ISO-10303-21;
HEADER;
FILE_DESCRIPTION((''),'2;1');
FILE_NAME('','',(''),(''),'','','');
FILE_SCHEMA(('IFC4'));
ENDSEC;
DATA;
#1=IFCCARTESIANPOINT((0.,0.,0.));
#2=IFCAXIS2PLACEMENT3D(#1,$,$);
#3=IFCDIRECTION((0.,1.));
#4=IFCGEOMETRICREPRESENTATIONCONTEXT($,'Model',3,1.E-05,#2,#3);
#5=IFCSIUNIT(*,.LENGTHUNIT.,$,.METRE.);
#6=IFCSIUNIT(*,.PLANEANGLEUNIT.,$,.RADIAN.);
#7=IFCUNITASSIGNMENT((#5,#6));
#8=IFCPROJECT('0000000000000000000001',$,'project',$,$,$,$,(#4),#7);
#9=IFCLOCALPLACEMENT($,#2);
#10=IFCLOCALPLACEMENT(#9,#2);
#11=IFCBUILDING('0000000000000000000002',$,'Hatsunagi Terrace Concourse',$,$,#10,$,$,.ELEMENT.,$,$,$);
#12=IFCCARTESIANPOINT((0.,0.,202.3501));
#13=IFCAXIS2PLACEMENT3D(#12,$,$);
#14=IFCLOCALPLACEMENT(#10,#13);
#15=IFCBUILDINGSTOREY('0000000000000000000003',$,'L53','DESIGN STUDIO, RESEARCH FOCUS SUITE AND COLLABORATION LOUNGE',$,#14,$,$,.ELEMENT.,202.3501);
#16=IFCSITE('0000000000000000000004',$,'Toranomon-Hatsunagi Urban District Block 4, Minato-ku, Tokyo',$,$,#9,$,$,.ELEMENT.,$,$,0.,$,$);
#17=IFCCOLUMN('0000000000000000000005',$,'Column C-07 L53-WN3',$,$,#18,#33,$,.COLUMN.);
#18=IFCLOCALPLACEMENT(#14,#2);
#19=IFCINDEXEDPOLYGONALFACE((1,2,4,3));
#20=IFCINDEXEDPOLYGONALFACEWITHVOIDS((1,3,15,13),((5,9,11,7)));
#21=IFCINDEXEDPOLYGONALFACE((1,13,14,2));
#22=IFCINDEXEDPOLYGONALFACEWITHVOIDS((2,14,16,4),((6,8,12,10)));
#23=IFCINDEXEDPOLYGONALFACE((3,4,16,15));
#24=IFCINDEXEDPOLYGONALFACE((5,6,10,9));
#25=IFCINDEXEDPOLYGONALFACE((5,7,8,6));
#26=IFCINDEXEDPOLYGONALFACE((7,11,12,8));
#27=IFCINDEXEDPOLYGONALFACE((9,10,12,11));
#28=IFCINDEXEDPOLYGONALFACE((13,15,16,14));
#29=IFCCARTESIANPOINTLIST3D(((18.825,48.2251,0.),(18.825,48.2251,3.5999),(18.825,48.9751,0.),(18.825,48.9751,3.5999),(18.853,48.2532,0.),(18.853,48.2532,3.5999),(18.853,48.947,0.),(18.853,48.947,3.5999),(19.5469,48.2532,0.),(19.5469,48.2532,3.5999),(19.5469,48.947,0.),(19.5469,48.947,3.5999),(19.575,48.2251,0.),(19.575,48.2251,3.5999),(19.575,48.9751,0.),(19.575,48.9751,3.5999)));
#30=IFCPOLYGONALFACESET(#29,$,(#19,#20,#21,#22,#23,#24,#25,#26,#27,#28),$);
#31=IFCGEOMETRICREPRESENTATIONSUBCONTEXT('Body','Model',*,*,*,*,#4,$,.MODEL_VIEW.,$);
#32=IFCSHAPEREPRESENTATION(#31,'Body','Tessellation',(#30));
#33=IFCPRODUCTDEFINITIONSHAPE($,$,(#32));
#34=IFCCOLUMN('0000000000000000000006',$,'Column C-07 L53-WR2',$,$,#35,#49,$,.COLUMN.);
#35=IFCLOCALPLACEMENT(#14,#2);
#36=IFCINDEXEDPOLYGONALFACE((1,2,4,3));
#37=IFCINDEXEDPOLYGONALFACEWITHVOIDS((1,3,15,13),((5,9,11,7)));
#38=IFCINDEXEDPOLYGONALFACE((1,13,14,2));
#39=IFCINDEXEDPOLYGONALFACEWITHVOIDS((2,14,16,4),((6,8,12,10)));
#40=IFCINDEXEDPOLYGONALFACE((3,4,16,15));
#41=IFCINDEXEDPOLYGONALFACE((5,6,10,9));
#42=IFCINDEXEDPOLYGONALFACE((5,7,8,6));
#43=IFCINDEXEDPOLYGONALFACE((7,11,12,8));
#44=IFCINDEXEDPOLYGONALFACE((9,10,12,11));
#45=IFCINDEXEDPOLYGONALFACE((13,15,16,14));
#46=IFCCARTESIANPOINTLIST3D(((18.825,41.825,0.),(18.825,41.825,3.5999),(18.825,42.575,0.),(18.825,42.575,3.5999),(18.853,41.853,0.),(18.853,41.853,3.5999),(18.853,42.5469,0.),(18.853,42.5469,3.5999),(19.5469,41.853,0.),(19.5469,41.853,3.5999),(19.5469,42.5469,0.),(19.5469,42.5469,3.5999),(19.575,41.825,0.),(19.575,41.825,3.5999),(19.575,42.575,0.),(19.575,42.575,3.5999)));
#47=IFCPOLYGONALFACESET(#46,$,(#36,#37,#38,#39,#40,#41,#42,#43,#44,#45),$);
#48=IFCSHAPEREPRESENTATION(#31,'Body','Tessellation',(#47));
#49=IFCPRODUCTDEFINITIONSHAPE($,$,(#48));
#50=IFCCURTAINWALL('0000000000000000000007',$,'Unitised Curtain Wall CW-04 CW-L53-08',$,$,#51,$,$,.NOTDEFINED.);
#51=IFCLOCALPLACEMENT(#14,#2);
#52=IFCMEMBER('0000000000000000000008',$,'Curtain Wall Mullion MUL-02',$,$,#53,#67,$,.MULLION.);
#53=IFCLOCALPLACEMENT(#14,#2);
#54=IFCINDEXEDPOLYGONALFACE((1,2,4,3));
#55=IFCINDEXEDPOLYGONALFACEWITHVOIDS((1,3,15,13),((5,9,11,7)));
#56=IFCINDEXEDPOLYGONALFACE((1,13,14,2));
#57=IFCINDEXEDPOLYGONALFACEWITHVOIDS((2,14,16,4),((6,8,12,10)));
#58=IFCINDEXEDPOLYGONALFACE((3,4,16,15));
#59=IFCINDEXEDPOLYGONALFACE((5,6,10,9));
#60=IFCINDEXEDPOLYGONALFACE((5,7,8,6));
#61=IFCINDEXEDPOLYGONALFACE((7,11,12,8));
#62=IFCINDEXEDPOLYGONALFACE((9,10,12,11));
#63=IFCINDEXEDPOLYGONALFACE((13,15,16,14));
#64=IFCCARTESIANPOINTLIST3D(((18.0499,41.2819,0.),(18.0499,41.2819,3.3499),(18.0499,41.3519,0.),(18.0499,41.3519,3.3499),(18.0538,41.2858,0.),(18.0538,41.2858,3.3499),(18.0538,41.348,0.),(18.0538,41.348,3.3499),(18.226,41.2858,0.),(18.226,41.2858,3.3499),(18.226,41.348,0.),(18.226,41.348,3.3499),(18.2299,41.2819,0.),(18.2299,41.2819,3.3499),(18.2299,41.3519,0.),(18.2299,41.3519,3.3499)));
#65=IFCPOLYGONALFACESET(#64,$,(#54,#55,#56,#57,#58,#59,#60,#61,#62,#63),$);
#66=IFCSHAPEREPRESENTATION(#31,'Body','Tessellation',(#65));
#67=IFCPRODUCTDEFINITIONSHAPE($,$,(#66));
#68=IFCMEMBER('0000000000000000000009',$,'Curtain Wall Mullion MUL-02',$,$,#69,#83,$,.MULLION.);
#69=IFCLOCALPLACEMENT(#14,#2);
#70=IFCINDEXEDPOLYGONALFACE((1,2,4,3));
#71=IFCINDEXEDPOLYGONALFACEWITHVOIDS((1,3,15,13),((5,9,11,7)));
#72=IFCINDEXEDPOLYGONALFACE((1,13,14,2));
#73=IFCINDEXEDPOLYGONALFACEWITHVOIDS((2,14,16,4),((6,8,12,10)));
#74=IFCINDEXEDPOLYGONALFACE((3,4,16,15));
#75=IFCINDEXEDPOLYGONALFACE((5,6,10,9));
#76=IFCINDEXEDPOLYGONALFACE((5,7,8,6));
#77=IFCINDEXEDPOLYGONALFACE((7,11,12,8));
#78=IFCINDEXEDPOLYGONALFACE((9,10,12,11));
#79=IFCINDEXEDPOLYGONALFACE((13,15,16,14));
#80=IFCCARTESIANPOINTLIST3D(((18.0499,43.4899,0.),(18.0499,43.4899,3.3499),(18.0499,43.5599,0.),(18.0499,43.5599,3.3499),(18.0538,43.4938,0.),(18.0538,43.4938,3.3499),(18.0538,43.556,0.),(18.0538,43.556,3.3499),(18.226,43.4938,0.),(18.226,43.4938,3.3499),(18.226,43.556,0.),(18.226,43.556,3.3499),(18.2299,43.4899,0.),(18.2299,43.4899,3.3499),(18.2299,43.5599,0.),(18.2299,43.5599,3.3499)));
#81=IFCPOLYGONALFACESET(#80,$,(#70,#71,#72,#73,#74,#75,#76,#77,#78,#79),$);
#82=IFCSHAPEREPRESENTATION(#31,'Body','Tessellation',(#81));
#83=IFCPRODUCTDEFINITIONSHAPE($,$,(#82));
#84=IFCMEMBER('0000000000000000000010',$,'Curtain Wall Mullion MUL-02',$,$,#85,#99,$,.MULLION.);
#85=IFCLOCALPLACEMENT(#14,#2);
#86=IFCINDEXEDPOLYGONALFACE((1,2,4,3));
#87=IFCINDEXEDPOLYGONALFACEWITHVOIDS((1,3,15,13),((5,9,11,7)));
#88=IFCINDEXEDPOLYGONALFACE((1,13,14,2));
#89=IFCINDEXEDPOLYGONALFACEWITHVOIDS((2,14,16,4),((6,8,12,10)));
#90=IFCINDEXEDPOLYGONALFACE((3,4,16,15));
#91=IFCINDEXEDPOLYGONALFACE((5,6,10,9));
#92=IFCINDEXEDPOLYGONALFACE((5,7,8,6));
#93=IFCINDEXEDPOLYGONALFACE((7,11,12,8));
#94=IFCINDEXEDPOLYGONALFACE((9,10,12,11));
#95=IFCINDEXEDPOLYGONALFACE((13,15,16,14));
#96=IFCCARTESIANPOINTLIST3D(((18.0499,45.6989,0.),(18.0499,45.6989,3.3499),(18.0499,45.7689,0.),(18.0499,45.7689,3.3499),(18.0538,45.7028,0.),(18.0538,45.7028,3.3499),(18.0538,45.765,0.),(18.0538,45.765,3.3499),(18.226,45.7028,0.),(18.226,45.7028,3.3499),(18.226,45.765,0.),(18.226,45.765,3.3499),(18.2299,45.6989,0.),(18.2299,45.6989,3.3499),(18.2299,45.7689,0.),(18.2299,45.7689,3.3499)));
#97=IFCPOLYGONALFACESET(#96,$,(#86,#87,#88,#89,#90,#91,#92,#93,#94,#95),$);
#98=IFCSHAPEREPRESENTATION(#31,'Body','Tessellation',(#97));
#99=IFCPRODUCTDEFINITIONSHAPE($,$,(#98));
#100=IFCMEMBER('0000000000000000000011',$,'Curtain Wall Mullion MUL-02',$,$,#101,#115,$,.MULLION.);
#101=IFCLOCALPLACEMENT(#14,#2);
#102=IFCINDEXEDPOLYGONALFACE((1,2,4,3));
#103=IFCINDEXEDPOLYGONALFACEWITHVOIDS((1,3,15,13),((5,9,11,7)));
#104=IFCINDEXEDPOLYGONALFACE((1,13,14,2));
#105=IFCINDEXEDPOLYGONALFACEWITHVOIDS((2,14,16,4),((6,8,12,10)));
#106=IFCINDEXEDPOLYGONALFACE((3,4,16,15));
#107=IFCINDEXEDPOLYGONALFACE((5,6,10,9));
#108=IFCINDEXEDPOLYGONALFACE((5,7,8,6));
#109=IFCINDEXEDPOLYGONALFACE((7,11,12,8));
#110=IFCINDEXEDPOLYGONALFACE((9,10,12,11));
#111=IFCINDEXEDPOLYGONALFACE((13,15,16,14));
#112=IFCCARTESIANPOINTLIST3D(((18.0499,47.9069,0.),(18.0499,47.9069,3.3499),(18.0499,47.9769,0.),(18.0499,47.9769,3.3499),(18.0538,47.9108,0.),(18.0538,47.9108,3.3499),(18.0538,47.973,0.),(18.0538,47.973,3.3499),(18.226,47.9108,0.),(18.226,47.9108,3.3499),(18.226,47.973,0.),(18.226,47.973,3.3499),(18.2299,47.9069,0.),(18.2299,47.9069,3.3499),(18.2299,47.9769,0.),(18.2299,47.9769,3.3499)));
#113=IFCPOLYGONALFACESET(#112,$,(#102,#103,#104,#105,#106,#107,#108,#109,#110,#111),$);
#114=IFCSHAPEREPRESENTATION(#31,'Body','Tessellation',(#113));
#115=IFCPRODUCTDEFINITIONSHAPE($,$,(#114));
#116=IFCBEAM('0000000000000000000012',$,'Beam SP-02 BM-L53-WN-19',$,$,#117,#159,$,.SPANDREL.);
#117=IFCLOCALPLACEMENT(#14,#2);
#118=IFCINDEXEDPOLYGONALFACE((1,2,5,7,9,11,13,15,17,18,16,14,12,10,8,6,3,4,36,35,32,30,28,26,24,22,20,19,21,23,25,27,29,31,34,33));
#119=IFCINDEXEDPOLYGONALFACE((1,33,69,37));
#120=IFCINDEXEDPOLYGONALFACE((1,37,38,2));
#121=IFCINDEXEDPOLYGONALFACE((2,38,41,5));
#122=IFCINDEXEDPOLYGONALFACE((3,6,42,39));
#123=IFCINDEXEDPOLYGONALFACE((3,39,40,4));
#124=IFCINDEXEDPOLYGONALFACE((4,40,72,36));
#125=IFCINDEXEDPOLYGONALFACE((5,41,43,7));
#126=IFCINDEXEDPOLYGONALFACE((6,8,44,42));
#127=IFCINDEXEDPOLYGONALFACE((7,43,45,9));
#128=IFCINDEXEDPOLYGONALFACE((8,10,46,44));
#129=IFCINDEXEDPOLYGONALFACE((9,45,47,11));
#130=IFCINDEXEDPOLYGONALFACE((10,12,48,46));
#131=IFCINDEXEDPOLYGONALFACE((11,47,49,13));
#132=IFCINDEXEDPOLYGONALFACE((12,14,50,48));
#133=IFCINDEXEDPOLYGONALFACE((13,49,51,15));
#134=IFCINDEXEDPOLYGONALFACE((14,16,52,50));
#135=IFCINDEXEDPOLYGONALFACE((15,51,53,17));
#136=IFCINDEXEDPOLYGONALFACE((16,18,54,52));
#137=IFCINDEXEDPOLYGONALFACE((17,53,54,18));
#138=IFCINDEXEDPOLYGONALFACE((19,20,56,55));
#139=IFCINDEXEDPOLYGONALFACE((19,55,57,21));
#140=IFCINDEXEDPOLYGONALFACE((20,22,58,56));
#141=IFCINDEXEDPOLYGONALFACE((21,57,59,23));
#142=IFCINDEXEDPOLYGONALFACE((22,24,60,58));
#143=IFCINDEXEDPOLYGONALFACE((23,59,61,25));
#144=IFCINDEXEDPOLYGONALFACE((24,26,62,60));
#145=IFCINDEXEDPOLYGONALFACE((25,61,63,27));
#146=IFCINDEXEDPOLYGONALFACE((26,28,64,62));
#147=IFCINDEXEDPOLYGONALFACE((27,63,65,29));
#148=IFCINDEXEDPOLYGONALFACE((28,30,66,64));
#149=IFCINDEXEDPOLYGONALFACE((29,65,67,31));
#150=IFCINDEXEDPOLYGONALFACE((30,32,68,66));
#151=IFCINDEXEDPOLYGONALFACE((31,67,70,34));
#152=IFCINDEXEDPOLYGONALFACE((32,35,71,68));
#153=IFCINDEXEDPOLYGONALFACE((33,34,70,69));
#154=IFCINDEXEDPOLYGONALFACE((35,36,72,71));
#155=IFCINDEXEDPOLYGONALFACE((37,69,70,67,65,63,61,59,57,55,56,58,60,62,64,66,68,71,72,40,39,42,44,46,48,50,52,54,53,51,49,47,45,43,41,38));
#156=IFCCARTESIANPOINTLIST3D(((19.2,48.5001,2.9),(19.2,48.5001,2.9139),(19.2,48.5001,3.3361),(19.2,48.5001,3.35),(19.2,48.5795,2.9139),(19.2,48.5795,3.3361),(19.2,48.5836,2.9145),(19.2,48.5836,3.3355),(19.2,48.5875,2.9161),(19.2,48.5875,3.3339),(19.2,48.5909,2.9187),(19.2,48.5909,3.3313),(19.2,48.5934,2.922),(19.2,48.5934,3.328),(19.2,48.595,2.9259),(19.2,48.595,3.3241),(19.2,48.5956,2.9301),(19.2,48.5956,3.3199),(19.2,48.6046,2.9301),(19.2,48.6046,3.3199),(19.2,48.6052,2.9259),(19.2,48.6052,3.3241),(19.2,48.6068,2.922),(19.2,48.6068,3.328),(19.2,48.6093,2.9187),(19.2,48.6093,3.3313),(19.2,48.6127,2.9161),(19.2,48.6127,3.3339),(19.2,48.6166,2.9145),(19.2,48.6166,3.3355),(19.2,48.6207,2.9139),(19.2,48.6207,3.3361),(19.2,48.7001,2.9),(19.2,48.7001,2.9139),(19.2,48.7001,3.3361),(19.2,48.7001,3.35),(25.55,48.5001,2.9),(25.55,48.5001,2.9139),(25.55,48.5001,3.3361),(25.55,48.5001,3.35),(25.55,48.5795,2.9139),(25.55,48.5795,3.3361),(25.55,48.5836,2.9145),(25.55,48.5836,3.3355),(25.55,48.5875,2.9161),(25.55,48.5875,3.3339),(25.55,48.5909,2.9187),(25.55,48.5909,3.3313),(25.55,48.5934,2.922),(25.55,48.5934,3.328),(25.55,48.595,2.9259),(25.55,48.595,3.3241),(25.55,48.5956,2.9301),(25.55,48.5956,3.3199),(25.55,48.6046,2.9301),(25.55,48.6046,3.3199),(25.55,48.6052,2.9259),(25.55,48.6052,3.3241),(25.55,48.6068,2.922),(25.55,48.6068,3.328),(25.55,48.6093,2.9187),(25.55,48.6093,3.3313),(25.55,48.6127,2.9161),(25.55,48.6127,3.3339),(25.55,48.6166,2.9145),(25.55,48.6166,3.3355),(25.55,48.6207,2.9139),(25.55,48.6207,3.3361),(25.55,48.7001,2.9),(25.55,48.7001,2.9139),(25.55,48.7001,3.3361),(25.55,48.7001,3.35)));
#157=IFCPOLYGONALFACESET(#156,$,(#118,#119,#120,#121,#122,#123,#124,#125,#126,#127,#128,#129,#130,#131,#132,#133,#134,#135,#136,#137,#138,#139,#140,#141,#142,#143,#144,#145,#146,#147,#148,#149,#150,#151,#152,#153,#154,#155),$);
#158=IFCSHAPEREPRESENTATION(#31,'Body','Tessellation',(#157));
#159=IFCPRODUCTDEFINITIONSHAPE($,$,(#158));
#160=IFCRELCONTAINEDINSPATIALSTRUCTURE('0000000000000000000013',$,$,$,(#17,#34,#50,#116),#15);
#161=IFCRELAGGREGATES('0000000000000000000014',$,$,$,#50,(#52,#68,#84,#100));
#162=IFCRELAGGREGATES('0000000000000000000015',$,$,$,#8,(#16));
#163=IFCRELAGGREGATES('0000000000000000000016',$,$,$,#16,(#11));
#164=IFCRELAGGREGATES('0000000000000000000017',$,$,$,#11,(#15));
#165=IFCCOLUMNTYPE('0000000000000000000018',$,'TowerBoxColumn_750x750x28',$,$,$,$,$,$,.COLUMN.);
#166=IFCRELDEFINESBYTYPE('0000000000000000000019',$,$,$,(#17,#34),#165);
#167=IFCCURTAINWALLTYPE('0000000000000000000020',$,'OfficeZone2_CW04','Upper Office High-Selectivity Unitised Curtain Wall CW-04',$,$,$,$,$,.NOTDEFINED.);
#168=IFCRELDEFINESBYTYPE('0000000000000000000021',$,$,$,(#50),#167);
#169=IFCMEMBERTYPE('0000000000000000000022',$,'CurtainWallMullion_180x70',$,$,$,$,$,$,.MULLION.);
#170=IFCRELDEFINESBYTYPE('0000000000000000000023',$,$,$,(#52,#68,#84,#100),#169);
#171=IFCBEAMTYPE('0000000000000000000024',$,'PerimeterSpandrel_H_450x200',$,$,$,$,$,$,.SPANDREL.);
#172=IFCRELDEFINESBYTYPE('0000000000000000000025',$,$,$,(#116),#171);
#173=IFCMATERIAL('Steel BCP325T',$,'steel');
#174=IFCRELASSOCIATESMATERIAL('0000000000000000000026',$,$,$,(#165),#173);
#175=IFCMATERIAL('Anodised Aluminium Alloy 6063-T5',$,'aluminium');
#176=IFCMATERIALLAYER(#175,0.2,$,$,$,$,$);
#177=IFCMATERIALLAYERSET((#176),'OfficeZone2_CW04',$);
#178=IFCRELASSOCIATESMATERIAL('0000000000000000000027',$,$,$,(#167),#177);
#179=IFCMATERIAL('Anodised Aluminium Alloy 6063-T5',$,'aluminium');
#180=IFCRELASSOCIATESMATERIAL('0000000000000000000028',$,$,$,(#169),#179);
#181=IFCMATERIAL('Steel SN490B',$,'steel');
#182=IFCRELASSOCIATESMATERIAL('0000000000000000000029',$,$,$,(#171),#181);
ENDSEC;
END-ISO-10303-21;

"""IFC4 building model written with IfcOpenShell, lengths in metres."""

from ifc_helpers import new_model, si_unit, direction, frame, origin, origin_2d, place, context, subcontext, project, spatial, hollow_rectangle, i_section, extrude, material, layer, layer_set, material_profile, profile_set, type_object, element, aggregate, save


model = new_model("IFC4")

# Units and contexts
model_context = context("Model", 3, precision=1e-05, world=origin(), true_north=direction((0.0, 1.0)))
body_context = subcontext(model_context, "Body", "Model", "MODEL_VIEW")
ifc_project = project(units=[si_unit("LENGTHUNIT", "METRE"), si_unit("PLANEANGLEUNIT", "RADIAN")], contexts=[model_context])

# Site, building, storey
site_placement = place(None, origin())
site = spatial("IfcSite", under=ifc_project, at=site_placement, Name="Toranomon-Hatsunagi Urban District Block 4, Minato-ku, Tokyo", CompositionType="ELEMENT", RefElevation=0.0)
building_placement = place(site_placement, origin())
building = spatial("IfcBuilding", under=site, at=building_placement, Name="Hatsunagi Terrace Concourse", CompositionType="ELEMENT")
storey_placement = place(building_placement, frame((0.0, 0.0, 202.3501)))
storey = spatial("IfcBuildingStorey", under=building, at=storey_placement, Name="L53", Description="DESIGN STUDIO, RESEARCH FOCUS SUITE AND COLLABORATION LOUNGE", CompositionType="ELEMENT", Elevation=202.3501)

# Columns
ifc_material_1 = material(Name="Steel BCP325T", Category="steel")
ifc_material_profile_1 = material_profile(ifc_material_1, hollow_rectangle(XDim=0.75, YDim=0.75, WallThickness=0.0281, at=origin_2d()), Name="BCP-750x750x28")
ifc_profile_set_1 = profile_set([ifc_material_profile_1], Name="Steel BCP325T")
column_type = type_object("IfcColumnType", Name="TowerBoxColumn_750x750x28", PredefinedType="COLUMN", material=ifc_profile_set_1)
for number, where, z_axis, x_axis, name in (
    (1, (19.2, 48.6001, 0.0), (0.0, 0.0, 1.0), (1.0, 0.0, 0.0), "Column C-07 L53-WN3"),
    (2, (19.2, 42.2, 0.0), (0.0, 0.0, 1.0), (1.0, 0.0, 0.0), "Column C-07 L53-WR2"),
):
    element("IfcColumn", number, at=place(storey_placement, frame(where, z_axis=z_axis, x_axis=x_axis)), inside=storey, type_object=column_type, Name=name, PredefinedType="COLUMN", context=body_context, shape_type="SweptSolid", body=[
        extrude(hollow_rectangle(XDim=0.75, YDim=0.75, WallThickness=0.0281, at=origin_2d()), origin(), (0.0, 0.0, 1.0), 3.5999),
    ])

# Curtain wall, members
ifc_material_2 = material(Name="Anodised Aluminium Alloy 6063-T5", Category="aluminium")
ifc_layer_1 = layer(ifc_material_2, 0.2)
ifc_layer_set_1 = layer_set([ifc_layer_1], Name="OfficeZone2_CW04")
curtain_wall_type = type_object("IfcCurtainWallType", Name="OfficeZone2_CW04", Description="Upper Office High-Selectivity Unitised Curtain Wall CW-04", PredefinedType="NOTDEFINED", material=ifc_layer_set_1)
curtain_wall_placement = place(storey_placement, origin())
curtain_wall = element("IfcCurtainWall", 3, at=curtain_wall_placement, inside=storey, type_object=curtain_wall_type, Name="Unitised Curtain Wall CW-04 CW-L53-08", PredefinedType="NOTDEFINED")
ifc_material_3 = material(Name="Anodised Aluminium Alloy 6063-T5", Category="aluminium")
ifc_material_profile_2 = material_profile(ifc_material_3, hollow_rectangle(XDim=0.0701, YDim=0.1799, WallThickness=0.0039, at=origin_2d()), Name="ALU-MUL-180x70x4")
ifc_profile_set_2 = profile_set([ifc_material_profile_2], Name="Anodised Aluminium Alloy 6063-T5")
member_type = type_object("IfcMemberType", Name="CurtainWallMullion_180x70", PredefinedType="MULLION", material=ifc_profile_set_2)
member_1_placement = place(storey_placement, frame((18.1399, 41.3169, 0.0), z_axis=(0.0, 0.0, 1.0), x_axis=(0.0, 1.0, 0.0)))
member_1 = element("IfcMember", 4, at=member_1_placement, type_object=member_type, Name="Curtain Wall Mullion MUL-02", PredefinedType="MULLION", context=body_context, shape_type="SweptSolid", body=[
    extrude(hollow_rectangle(XDim=0.0701, YDim=0.1799, WallThickness=0.0039, at=origin_2d()), origin(), (0.0, 0.0, 1.0), 3.3499),
])
member_2_placement = place(storey_placement, frame((18.1399, 43.5249, 0.0), z_axis=(0.0, 0.0, 1.0), x_axis=(0.0, 1.0, 0.0)))
member_2 = element("IfcMember", 5, at=member_2_placement, type_object=member_type, Name="Curtain Wall Mullion MUL-02", PredefinedType="MULLION", context=body_context, shape_type="SweptSolid", body=[
    extrude(hollow_rectangle(XDim=0.0701, YDim=0.1799, WallThickness=0.0039, at=origin_2d()), origin(), (0.0, 0.0, 1.0), 3.3499),
])
member_3_placement = place(storey_placement, frame((18.1399, 45.7339, 0.0), z_axis=(0.0, 0.0, 1.0), x_axis=(0.0, 1.0, 0.0)))
member_3 = element("IfcMember", 6, at=member_3_placement, type_object=member_type, Name="Curtain Wall Mullion MUL-02", PredefinedType="MULLION", context=body_context, shape_type="SweptSolid", body=[
    extrude(hollow_rectangle(XDim=0.0701, YDim=0.1799, WallThickness=0.0039, at=origin_2d()), origin(), (0.0, 0.0, 1.0), 3.3499),
])
member_4_placement = place(storey_placement, frame((18.1399, 47.9419, 0.0), z_axis=(0.0, 0.0, 1.0), x_axis=(0.0, 1.0, 0.0)))
member_4 = element("IfcMember", 7, at=member_4_placement, type_object=member_type, Name="Curtain Wall Mullion MUL-02", PredefinedType="MULLION", context=body_context, shape_type="SweptSolid", body=[
    extrude(hollow_rectangle(XDim=0.0701, YDim=0.1799, WallThickness=0.0039, at=origin_2d()), origin(), (0.0, 0.0, 1.0), 3.3499),
])

# Beam
ifc_material_4 = material(Name="Steel SN490B", Category="steel")
ifc_material_profile_3 = material_profile(ifc_material_4, i_section(OverallWidth=0.2, OverallDepth=0.45, WebThickness=0.009, FlangeThickness=0.0139, FilletRadius=0.0161, at=origin_2d()), Name="H-450x200x9x14")
ifc_profile_set_3 = profile_set([ifc_material_profile_3], Name="Steel SN490B")
beam_type = type_object("IfcBeamType", Name="PerimeterSpandrel_H_450x200", PredefinedType="SPANDREL", material=ifc_profile_set_3)
beam_1_placement = place(storey_placement, frame((19.2, 48.6001, 3.125), z_axis=(1.0, 0.0, 0.0), x_axis=(0.0, 1.0, 0.0)))
element("IfcBeam", 8, at=beam_1_placement, inside=storey, type_object=beam_type, Name="Beam SP-02 BM-L53-WN-19", PredefinedType="SPANDREL", context=body_context, shape_type="SweptSolid", body=[
    extrude(i_section(OverallWidth=0.2, OverallDepth=0.45, WebThickness=0.009, FlangeThickness=0.0139, FilletRadius=0.0161, at=origin_2d()), origin(), (0.0, 0.0, 1.0), 6.3501),
])

aggregate(curtain_wall, [member_1, member_2, member_3, member_4])

save(model, "model.ifc")
